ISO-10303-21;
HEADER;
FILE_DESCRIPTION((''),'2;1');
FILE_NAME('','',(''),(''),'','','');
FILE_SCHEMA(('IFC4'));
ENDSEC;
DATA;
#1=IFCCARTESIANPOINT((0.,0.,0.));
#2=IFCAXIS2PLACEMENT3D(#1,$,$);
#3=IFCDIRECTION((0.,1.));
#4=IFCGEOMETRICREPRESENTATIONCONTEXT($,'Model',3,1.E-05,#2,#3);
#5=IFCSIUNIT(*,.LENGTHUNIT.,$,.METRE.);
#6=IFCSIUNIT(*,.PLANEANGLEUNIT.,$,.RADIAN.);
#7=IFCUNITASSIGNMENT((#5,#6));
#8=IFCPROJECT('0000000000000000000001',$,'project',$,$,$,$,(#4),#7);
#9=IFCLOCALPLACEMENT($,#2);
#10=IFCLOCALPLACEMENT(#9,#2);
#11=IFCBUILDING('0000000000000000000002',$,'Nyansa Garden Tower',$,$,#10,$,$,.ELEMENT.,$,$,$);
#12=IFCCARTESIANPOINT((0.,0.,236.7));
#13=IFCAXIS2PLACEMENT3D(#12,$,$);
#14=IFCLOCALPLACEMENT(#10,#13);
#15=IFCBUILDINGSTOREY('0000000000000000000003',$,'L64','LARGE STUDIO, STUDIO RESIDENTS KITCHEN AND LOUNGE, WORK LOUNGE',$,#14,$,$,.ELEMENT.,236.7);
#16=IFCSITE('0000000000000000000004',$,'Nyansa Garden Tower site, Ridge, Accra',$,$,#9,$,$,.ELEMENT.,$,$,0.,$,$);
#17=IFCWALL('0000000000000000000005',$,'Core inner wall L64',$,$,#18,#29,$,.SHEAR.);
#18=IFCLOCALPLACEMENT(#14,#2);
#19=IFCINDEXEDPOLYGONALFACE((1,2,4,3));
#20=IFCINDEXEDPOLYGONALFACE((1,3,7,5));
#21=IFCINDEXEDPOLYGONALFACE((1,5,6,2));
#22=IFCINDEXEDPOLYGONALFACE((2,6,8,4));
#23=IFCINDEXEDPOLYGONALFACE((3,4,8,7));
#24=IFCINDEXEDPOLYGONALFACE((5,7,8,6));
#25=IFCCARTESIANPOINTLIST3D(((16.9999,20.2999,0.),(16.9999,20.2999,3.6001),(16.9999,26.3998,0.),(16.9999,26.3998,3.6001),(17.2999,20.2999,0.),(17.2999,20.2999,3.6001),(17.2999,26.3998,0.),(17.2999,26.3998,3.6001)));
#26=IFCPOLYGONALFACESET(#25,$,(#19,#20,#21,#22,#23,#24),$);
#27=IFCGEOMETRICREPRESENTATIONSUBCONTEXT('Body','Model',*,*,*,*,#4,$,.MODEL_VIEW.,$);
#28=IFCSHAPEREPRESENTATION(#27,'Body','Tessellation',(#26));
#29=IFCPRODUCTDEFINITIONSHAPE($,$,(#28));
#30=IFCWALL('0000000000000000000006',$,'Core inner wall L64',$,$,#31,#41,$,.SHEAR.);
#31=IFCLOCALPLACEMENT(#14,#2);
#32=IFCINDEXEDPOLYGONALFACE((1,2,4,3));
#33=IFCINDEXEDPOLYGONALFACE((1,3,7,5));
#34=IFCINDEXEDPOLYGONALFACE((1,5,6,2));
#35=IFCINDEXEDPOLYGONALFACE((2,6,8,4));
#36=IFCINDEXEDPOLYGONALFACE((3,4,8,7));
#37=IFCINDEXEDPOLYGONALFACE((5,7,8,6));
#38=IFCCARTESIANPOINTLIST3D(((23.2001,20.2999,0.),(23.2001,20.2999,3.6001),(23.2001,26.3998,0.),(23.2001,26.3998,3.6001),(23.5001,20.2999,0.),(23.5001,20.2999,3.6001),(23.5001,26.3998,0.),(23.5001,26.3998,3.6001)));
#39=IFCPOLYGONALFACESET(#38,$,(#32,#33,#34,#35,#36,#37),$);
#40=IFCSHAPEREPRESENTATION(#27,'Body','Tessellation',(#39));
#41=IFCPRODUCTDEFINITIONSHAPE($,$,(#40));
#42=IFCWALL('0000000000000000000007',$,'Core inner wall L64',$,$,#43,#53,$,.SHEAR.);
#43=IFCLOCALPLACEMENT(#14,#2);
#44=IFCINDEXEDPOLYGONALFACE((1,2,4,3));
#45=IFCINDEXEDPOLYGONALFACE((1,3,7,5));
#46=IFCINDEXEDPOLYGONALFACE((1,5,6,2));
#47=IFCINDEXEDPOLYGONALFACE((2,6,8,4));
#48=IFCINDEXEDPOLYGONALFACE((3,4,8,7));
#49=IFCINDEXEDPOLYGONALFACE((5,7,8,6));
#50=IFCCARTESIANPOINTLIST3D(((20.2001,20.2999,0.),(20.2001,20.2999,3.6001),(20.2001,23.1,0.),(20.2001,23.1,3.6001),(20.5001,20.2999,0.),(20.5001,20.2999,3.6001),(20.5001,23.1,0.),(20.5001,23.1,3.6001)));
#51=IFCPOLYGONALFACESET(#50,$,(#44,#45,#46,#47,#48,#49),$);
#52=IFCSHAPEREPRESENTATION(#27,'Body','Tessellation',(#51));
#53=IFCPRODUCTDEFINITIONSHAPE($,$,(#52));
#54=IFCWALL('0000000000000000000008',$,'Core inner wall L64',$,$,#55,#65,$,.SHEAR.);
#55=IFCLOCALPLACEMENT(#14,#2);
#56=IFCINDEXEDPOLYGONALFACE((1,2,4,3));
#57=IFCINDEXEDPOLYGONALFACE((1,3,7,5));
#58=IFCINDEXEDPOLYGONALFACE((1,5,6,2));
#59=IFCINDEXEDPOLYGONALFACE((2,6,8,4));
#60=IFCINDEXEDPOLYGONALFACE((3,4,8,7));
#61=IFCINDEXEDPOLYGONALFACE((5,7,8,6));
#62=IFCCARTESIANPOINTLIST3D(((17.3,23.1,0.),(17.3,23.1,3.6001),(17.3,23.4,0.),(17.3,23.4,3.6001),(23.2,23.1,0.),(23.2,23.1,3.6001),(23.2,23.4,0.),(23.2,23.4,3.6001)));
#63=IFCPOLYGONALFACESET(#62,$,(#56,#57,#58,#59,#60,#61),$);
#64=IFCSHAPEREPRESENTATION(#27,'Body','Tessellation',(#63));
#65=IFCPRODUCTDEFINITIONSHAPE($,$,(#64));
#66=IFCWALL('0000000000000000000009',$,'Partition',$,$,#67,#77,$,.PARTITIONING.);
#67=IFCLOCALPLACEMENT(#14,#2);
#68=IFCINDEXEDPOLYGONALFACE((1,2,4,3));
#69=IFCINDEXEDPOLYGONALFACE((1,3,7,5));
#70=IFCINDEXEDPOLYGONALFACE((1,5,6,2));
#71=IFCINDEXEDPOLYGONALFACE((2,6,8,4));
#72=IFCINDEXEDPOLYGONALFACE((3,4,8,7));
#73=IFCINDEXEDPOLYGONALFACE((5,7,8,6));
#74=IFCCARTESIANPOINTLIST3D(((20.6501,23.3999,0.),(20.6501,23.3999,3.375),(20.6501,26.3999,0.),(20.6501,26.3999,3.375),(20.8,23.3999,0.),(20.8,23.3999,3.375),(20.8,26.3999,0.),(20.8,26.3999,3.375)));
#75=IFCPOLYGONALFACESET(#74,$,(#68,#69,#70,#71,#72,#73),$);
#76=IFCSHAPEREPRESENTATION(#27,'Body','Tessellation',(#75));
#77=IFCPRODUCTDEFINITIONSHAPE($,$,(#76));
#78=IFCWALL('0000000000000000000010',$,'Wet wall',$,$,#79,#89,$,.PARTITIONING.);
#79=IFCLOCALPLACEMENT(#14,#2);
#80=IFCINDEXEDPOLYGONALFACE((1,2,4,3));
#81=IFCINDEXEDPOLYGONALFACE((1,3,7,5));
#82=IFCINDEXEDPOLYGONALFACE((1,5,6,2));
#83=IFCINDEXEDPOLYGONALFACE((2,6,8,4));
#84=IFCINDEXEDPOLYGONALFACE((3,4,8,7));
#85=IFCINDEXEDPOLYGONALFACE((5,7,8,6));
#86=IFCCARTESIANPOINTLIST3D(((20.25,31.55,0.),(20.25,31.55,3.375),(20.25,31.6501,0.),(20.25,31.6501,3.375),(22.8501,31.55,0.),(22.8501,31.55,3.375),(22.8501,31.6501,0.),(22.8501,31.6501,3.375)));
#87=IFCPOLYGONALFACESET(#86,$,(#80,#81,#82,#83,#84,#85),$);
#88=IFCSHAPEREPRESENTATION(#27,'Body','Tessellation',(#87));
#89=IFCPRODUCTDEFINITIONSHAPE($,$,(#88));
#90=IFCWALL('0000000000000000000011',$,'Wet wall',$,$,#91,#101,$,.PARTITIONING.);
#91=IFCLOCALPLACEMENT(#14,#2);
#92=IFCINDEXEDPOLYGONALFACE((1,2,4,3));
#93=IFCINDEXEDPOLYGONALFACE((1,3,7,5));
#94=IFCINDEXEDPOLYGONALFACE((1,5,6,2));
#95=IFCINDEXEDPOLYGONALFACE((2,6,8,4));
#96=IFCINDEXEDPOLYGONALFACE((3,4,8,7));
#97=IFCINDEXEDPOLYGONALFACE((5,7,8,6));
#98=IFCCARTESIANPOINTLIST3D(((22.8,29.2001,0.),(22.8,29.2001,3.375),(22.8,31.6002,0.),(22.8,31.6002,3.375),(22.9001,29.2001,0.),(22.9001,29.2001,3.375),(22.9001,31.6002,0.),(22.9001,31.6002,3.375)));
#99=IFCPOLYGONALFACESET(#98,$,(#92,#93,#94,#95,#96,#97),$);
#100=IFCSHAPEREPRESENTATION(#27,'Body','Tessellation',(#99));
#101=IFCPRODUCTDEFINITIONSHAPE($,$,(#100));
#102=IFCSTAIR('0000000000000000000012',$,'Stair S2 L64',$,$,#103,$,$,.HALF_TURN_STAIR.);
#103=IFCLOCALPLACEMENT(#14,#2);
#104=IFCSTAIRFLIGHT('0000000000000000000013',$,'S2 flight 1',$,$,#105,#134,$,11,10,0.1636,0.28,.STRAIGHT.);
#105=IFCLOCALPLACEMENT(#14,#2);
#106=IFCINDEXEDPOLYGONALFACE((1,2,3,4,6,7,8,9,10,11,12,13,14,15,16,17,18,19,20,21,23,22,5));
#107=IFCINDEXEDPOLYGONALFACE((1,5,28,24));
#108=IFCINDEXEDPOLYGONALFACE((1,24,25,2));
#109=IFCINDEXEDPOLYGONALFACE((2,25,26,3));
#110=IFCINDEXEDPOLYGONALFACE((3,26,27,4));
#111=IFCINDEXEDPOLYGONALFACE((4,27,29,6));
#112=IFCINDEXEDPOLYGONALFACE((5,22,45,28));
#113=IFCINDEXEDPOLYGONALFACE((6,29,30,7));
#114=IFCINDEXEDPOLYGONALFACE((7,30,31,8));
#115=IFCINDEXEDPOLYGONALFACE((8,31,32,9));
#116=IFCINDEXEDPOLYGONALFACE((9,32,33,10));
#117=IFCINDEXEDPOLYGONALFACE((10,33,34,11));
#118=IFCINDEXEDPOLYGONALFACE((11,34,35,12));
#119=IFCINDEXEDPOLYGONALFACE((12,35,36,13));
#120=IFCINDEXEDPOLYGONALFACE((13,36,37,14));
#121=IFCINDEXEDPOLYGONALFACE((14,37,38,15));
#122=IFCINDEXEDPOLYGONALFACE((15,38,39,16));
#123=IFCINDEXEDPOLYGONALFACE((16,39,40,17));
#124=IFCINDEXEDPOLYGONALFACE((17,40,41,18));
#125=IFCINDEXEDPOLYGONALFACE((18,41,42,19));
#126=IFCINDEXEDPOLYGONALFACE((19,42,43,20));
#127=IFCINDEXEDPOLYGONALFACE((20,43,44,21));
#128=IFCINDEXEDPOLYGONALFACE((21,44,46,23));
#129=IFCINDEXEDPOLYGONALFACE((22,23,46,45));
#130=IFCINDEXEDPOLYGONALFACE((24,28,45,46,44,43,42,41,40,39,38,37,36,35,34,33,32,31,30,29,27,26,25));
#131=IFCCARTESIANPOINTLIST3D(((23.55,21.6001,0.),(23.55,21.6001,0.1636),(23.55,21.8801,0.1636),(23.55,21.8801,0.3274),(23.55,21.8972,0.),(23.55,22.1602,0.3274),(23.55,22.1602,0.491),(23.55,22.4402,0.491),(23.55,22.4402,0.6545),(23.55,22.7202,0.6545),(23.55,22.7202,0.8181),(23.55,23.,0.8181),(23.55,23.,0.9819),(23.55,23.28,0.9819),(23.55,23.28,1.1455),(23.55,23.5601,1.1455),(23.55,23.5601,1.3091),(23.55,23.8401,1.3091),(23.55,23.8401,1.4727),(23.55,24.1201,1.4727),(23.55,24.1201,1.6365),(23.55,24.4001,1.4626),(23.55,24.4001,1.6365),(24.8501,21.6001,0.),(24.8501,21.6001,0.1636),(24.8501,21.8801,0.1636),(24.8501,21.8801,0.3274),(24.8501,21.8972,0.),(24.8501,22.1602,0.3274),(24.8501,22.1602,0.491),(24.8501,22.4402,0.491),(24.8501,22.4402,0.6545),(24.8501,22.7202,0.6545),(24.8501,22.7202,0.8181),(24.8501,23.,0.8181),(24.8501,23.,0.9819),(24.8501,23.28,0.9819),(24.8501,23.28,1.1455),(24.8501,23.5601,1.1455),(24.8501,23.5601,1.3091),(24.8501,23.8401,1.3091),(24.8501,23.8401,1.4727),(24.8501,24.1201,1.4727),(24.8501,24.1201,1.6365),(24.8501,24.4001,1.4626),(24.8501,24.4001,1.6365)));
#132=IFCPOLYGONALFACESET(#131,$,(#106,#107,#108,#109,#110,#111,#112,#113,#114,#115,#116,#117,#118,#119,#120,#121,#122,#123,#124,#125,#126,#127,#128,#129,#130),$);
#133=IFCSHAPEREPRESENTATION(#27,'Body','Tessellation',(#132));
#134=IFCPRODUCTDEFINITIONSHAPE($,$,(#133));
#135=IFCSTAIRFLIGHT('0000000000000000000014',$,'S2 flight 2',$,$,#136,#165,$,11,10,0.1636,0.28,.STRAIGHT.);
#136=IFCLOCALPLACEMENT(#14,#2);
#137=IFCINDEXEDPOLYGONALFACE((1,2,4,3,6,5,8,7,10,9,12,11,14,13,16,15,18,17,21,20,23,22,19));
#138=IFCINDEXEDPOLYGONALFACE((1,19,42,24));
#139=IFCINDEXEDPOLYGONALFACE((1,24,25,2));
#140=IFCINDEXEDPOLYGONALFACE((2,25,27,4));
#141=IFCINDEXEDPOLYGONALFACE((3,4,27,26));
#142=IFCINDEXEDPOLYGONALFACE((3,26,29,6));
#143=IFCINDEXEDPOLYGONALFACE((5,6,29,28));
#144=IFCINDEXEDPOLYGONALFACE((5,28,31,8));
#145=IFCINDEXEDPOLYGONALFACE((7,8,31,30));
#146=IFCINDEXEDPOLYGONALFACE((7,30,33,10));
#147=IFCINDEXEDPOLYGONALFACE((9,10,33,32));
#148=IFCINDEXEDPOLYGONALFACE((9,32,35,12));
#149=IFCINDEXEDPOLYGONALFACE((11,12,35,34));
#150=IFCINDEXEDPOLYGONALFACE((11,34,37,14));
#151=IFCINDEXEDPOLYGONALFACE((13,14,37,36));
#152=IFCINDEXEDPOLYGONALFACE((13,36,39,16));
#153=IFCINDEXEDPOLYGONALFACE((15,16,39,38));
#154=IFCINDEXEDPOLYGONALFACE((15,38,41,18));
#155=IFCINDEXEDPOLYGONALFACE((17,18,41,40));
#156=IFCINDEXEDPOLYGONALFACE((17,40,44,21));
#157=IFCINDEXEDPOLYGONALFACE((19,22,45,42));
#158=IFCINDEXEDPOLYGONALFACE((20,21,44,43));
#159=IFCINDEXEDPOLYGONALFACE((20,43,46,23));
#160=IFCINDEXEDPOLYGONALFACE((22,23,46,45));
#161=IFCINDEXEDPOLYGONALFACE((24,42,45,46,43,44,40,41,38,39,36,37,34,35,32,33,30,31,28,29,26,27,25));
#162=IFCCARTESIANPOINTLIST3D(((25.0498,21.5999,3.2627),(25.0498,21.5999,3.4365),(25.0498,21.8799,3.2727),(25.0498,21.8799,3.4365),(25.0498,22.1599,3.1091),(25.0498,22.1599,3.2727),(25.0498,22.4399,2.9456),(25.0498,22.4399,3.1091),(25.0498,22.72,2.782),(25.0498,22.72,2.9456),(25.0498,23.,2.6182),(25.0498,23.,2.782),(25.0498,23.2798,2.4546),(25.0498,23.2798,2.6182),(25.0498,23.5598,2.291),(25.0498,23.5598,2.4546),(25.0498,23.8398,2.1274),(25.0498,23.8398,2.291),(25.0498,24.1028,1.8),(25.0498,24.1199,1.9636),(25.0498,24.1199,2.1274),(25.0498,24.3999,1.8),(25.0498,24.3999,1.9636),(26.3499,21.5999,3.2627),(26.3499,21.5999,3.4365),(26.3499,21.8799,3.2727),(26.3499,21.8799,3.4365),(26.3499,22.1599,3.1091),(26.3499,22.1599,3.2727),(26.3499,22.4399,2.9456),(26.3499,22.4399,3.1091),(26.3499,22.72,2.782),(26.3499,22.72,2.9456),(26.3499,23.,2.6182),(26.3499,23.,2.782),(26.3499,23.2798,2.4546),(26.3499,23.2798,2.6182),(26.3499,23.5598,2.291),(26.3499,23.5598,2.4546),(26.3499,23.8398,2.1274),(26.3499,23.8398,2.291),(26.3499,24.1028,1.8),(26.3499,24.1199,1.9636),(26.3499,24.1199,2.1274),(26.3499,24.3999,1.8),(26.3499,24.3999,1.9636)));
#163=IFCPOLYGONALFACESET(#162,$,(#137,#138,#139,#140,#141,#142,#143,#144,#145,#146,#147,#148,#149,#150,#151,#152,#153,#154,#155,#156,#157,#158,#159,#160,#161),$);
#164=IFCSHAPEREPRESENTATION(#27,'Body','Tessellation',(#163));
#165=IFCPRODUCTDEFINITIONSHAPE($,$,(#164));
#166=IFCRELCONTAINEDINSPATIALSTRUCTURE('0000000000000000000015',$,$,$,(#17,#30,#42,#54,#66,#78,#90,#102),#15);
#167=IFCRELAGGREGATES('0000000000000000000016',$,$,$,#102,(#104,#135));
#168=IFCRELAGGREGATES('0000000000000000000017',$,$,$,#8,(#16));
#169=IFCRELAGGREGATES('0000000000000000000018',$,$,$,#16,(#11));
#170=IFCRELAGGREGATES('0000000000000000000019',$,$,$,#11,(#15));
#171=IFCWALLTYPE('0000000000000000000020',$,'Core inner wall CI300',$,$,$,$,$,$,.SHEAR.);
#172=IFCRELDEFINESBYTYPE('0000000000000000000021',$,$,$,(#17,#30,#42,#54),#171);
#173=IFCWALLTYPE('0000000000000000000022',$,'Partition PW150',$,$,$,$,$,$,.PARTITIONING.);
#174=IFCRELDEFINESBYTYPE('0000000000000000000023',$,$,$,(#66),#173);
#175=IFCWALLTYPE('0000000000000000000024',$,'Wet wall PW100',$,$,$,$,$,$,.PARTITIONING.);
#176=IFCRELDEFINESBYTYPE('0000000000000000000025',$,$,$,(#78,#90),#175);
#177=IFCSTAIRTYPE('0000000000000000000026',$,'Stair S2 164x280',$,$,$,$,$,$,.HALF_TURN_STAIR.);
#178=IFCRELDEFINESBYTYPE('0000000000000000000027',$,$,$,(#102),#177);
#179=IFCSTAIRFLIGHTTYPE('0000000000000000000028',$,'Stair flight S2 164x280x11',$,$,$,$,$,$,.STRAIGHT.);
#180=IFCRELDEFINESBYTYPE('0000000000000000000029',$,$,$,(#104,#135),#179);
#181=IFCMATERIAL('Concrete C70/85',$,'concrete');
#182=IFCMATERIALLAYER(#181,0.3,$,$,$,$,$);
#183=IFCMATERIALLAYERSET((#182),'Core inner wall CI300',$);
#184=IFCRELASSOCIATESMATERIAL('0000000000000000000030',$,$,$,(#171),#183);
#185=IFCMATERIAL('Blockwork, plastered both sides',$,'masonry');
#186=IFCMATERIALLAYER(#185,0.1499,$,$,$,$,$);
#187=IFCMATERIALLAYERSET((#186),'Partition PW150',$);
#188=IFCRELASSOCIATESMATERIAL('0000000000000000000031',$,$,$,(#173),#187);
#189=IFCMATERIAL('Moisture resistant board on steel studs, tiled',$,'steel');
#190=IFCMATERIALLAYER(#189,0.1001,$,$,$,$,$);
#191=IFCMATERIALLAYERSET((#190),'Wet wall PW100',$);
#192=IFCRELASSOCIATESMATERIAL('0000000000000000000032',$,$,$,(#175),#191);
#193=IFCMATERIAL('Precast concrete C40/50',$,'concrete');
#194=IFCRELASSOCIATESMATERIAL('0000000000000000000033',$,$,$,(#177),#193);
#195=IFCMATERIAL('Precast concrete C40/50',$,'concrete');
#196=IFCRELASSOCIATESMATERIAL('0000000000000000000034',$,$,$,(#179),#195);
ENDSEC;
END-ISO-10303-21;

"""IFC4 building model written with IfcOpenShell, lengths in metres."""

from ifc_helpers import new_model, si_unit, direction, frame, frame_2d, origin, place, context, subcontext, project, spatial, polyline, rectangle, outline, extrude, material, layer, layer_set, type_object, element, aggregate, save


model = new_model("IFC4")

# Units and contexts
model_context = context("Model", 3, precision=1e-05, world=origin(), true_north=direction((0.0, 1.0)))
body_context = subcontext(model_context, "Body", "Model", "MODEL_VIEW")
ifc_project = project(units=[si_unit("LENGTHUNIT", "METRE"), si_unit("PLANEANGLEUNIT", "RADIAN")], contexts=[model_context])

# Site, building, storey
site_placement = place(None, origin())
site = spatial("IfcSite", under=ifc_project, at=site_placement, Name="Nyansa Garden Tower site, Ridge, Accra", CompositionType="ELEMENT", RefElevation=0.0)
building_placement = place(site_placement, origin())
building = spatial("IfcBuilding", under=site, at=building_placement, Name="Nyansa Garden Tower", CompositionType="ELEMENT")
storey_placement = place(building_placement, frame((0.0, 0.0, 236.7)))
storey = spatial("IfcBuildingStorey", under=building, at=storey_placement, Name="L64", Description="LARGE STUDIO, STUDIO RESIDENTS KITCHEN AND LOUNGE, WORK LOUNGE", CompositionType="ELEMENT", Elevation=236.7)

# Walls
ifc_material_1 = material(Name="Concrete C70/85", Category="concrete")
ifc_layer_1 = layer(ifc_material_1, 0.3)
ifc_layer_set_1 = layer_set([ifc_layer_1], Name="Core inner wall CI300")
wall_type_1 = type_object("IfcWallType", Name="Core inner wall CI300", PredefinedType="SHEAR", material=ifc_layer_set_1)
for number, where, z_axis, x_axis, name in (
    (1, (17.1499, 20.3, 0.0), (0.0, 0.0, 1.0), (0.0, 1.0, 0.0), "Core inner wall L64"),
    (2, (23.3501, 20.3, 0.0), (0.0, 0.0, 1.0), (0.0, 1.0, 0.0), "Core inner wall L64"),
):
    element("IfcWall", number, at=place(storey_placement, frame(where, z_axis=z_axis, x_axis=x_axis)), inside=storey, type_object=wall_type_1, Name=name, PredefinedType="SHEAR", context=body_context, shape_type="SweptSolid", body=[
        extrude(rectangle(XDim=6.0999, YDim=0.3, at=frame_2d((3.0498, 0.0))), origin(), (0.0, 0.0, 1.0), 3.6001),
    ])
wall_1_placement = place(storey_placement, frame((20.3501, 20.3, 0.0), z_axis=(0.0, 0.0, 1.0), x_axis=(0.0, 1.0, 0.0)))
element("IfcWall", 3, at=wall_1_placement, inside=storey, type_object=wall_type_1, Name="Core inner wall L64", PredefinedType="SHEAR", context=body_context, shape_type="SweptSolid", body=[
    extrude(rectangle(XDim=2.8, YDim=0.3, at=frame_2d((1.3999, 0.0))), origin(), (0.0, 0.0, 1.0), 3.6001),
])
wall_2_placement = place(storey_placement, frame((17.3, 23.25, 0.0), z_axis=(0.0, 0.0, 1.0), x_axis=(1.0, 0.0, 0.0)))
element("IfcWall", 4, at=wall_2_placement, inside=storey, type_object=wall_type_1, Name="Core inner wall L64", PredefinedType="SHEAR", context=body_context, shape_type="SweptSolid", body=[
    extrude(rectangle(XDim=5.8999, YDim=0.3, at=frame_2d((2.95, 0.0))), origin(), (0.0, 0.0, 1.0), 3.6001),
])
ifc_material_2 = material(Name="Blockwork, plastered both sides", Category="masonry")
ifc_layer_2 = layer(ifc_material_2, 0.1499)
ifc_layer_set_2 = layer_set([ifc_layer_2], Name="Partition PW150")
wall_type_2 = type_object("IfcWallType", Name="Partition PW150", PredefinedType="PARTITIONING", material=ifc_layer_set_2)
wall_3_placement = place(storey_placement, frame((20.7251, 23.3999, 0.0), z_axis=(0.0, 0.0, 1.0), x_axis=(0.0, 1.0, 0.0)))
element("IfcWall", 5, at=wall_3_placement, inside=storey, type_object=wall_type_2, Name="Partition", PredefinedType="PARTITIONING", context=body_context, shape_type="SweptSolid", body=[
    extrude(rectangle(XDim=3.0, YDim=0.1499, at=frame_2d((1.5, 0.0))), origin(), (0.0, 0.0, 1.0), 3.375),
])
ifc_material_3 = material(Name="Moisture resistant board on steel studs, tiled", Category="steel")
ifc_layer_3 = layer(ifc_material_3, 0.1001)
ifc_layer_set_3 = layer_set([ifc_layer_3], Name="Wet wall PW100")
wall_type_3 = type_object("IfcWallType", Name="Wet wall PW100", PredefinedType="PARTITIONING", material=ifc_layer_set_3)
wall_4_placement = place(storey_placement, frame((20.25, 31.6001, 0.0), z_axis=(0.0, 0.0, 1.0), x_axis=(1.0, 0.0, 0.0)))
element("IfcWall", 6, at=wall_4_placement, inside=storey, type_object=wall_type_3, Name="Wet wall", PredefinedType="PARTITIONING", context=body_context, shape_type="SweptSolid", body=[
    extrude(rectangle(XDim=2.6001, YDim=0.1001, at=frame_2d((1.3, 0.0))), origin(), (0.0, 0.0, 1.0), 3.375),
])
wall_5_placement = place(storey_placement, frame((22.8501, 29.2, 0.0), z_axis=(0.0, 0.0, 1.0), x_axis=(0.0, 1.0, 0.0)))
element("IfcWall", 7, at=wall_5_placement, inside=storey, type_object=wall_type_3, Name="Wet wall", PredefinedType="PARTITIONING", context=body_context, shape_type="SweptSolid", body=[
    extrude(rectangle(XDim=2.4001, YDim=0.1001, at=frame_2d((1.2002, 0.0))), origin(), (0.0, 0.0, 1.0), 3.375),
])

# Stair, stair flights
ifc_material_4 = material(Name="Precast concrete C40/50", Category="concrete")
stair_type = type_object("IfcStairType", Name="Stair S2 164x280", PredefinedType="HALF_TURN_STAIR", material=ifc_material_4)
stair_placement = place(storey_placement, origin())
stair = element("IfcStair", 8, at=stair_placement, inside=storey, type_object=stair_type, Name="Stair S2 L64", PredefinedType="HALF_TURN_STAIR")
ifc_material_5 = material(Name="Precast concrete C40/50", Category="concrete")
stair_flight_type = type_object("IfcStairFlightType", Name="Stair flight S2 164x280x11", PredefinedType="STRAIGHT", material=ifc_material_5)
stair_flight_1_placement = place(storey_placement, frame((24.2, 21.6001, 0.0), z_axis=(0.0, 0.0, 1.0), x_axis=(0.0, 1.0, 0.0)))
stair_flight_1 = element("IfcStairFlight", 9, at=stair_flight_1_placement, type_object=stair_flight_type, Name="S2 flight 1", NumberOfRisers=11, NumberOfTreads=10, PredefinedType="STRAIGHT", RiserHeight=0.1636, TreadLength=0.28, context=body_context, shape_type="SweptSolid", body=[
    extrude(outline(polyline([(0.0, 0.0), (0.0, 0.1636), (0.28, 0.1636), (0.28, 0.3274), (0.5601, 0.3274), (0.5601, 0.491), (0.8401, 0.491), (0.8401, 0.6545), (1.1201, 0.6545), (1.1201, 0.8181), (1.3999, 0.8181), (1.3999, 0.9819), (1.6799, 0.9819), (1.6799, 1.1455), (1.96, 1.1455), (1.96, 1.3091), (2.24, 1.3091), (2.24, 1.4727), (2.52, 1.4727), (2.52, 1.6365), (2.8, 1.6365), (2.8, 1.8), (2.8, 1.4626), (0.2971, 0.0), (0.0, 0.0)])), frame((0.0, 0.6499, 0.0), z_axis=(0.0, -1.0, 0.0), x_axis=(1.0, 0.0, 0.0)), (0.0, 0.0, 1.0), 1.3),
])
stair_flight_2_placement = place(storey_placement, frame((25.7, 24.3999, 1.8), z_axis=(0.0, 0.0, 1.0), x_axis=(0.0, -1.0, 0.0)))
stair_flight_2 = element("IfcStairFlight", 10, at=stair_flight_2_placement, type_object=stair_flight_type, Name="S2 flight 2", NumberOfRisers=11, NumberOfTreads=10, PredefinedType="STRAIGHT", RiserHeight=0.1636, TreadLength=0.28, context=body_context, shape_type="SweptSolid", body=[
    extrude(outline(polyline([(0.0, 0.0), (0.0, 0.1636), (0.28, 0.1636), (0.28, 0.3274), (0.5601, 0.3274), (0.5601, 0.491), (0.8401, 0.491), (0.8401, 0.6545), (1.1201, 0.6545), (1.1201, 0.8181), (1.3999, 0.8181), (1.3999, 0.9819), (1.6799, 0.9819), (1.6799, 1.1455), (1.96, 1.1455), (1.96, 1.3091), (2.24, 1.3091), (2.24, 1.4727), (2.52, 1.4727), (2.52, 1.6365), (2.8, 1.6365), (2.8, 1.8), (2.8, 1.4626), (0.2971, 0.0), (0.0, 0.0)])), frame((0.0, 0.6499, 0.0), z_axis=(0.0, -1.0, 0.0), x_axis=(1.0, 0.0, 0.0)), (0.0, 0.0, 1.0), 1.3),
])
aggregate(stair, [stair_flight_1, stair_flight_2])

save(model, "model.ifc")
